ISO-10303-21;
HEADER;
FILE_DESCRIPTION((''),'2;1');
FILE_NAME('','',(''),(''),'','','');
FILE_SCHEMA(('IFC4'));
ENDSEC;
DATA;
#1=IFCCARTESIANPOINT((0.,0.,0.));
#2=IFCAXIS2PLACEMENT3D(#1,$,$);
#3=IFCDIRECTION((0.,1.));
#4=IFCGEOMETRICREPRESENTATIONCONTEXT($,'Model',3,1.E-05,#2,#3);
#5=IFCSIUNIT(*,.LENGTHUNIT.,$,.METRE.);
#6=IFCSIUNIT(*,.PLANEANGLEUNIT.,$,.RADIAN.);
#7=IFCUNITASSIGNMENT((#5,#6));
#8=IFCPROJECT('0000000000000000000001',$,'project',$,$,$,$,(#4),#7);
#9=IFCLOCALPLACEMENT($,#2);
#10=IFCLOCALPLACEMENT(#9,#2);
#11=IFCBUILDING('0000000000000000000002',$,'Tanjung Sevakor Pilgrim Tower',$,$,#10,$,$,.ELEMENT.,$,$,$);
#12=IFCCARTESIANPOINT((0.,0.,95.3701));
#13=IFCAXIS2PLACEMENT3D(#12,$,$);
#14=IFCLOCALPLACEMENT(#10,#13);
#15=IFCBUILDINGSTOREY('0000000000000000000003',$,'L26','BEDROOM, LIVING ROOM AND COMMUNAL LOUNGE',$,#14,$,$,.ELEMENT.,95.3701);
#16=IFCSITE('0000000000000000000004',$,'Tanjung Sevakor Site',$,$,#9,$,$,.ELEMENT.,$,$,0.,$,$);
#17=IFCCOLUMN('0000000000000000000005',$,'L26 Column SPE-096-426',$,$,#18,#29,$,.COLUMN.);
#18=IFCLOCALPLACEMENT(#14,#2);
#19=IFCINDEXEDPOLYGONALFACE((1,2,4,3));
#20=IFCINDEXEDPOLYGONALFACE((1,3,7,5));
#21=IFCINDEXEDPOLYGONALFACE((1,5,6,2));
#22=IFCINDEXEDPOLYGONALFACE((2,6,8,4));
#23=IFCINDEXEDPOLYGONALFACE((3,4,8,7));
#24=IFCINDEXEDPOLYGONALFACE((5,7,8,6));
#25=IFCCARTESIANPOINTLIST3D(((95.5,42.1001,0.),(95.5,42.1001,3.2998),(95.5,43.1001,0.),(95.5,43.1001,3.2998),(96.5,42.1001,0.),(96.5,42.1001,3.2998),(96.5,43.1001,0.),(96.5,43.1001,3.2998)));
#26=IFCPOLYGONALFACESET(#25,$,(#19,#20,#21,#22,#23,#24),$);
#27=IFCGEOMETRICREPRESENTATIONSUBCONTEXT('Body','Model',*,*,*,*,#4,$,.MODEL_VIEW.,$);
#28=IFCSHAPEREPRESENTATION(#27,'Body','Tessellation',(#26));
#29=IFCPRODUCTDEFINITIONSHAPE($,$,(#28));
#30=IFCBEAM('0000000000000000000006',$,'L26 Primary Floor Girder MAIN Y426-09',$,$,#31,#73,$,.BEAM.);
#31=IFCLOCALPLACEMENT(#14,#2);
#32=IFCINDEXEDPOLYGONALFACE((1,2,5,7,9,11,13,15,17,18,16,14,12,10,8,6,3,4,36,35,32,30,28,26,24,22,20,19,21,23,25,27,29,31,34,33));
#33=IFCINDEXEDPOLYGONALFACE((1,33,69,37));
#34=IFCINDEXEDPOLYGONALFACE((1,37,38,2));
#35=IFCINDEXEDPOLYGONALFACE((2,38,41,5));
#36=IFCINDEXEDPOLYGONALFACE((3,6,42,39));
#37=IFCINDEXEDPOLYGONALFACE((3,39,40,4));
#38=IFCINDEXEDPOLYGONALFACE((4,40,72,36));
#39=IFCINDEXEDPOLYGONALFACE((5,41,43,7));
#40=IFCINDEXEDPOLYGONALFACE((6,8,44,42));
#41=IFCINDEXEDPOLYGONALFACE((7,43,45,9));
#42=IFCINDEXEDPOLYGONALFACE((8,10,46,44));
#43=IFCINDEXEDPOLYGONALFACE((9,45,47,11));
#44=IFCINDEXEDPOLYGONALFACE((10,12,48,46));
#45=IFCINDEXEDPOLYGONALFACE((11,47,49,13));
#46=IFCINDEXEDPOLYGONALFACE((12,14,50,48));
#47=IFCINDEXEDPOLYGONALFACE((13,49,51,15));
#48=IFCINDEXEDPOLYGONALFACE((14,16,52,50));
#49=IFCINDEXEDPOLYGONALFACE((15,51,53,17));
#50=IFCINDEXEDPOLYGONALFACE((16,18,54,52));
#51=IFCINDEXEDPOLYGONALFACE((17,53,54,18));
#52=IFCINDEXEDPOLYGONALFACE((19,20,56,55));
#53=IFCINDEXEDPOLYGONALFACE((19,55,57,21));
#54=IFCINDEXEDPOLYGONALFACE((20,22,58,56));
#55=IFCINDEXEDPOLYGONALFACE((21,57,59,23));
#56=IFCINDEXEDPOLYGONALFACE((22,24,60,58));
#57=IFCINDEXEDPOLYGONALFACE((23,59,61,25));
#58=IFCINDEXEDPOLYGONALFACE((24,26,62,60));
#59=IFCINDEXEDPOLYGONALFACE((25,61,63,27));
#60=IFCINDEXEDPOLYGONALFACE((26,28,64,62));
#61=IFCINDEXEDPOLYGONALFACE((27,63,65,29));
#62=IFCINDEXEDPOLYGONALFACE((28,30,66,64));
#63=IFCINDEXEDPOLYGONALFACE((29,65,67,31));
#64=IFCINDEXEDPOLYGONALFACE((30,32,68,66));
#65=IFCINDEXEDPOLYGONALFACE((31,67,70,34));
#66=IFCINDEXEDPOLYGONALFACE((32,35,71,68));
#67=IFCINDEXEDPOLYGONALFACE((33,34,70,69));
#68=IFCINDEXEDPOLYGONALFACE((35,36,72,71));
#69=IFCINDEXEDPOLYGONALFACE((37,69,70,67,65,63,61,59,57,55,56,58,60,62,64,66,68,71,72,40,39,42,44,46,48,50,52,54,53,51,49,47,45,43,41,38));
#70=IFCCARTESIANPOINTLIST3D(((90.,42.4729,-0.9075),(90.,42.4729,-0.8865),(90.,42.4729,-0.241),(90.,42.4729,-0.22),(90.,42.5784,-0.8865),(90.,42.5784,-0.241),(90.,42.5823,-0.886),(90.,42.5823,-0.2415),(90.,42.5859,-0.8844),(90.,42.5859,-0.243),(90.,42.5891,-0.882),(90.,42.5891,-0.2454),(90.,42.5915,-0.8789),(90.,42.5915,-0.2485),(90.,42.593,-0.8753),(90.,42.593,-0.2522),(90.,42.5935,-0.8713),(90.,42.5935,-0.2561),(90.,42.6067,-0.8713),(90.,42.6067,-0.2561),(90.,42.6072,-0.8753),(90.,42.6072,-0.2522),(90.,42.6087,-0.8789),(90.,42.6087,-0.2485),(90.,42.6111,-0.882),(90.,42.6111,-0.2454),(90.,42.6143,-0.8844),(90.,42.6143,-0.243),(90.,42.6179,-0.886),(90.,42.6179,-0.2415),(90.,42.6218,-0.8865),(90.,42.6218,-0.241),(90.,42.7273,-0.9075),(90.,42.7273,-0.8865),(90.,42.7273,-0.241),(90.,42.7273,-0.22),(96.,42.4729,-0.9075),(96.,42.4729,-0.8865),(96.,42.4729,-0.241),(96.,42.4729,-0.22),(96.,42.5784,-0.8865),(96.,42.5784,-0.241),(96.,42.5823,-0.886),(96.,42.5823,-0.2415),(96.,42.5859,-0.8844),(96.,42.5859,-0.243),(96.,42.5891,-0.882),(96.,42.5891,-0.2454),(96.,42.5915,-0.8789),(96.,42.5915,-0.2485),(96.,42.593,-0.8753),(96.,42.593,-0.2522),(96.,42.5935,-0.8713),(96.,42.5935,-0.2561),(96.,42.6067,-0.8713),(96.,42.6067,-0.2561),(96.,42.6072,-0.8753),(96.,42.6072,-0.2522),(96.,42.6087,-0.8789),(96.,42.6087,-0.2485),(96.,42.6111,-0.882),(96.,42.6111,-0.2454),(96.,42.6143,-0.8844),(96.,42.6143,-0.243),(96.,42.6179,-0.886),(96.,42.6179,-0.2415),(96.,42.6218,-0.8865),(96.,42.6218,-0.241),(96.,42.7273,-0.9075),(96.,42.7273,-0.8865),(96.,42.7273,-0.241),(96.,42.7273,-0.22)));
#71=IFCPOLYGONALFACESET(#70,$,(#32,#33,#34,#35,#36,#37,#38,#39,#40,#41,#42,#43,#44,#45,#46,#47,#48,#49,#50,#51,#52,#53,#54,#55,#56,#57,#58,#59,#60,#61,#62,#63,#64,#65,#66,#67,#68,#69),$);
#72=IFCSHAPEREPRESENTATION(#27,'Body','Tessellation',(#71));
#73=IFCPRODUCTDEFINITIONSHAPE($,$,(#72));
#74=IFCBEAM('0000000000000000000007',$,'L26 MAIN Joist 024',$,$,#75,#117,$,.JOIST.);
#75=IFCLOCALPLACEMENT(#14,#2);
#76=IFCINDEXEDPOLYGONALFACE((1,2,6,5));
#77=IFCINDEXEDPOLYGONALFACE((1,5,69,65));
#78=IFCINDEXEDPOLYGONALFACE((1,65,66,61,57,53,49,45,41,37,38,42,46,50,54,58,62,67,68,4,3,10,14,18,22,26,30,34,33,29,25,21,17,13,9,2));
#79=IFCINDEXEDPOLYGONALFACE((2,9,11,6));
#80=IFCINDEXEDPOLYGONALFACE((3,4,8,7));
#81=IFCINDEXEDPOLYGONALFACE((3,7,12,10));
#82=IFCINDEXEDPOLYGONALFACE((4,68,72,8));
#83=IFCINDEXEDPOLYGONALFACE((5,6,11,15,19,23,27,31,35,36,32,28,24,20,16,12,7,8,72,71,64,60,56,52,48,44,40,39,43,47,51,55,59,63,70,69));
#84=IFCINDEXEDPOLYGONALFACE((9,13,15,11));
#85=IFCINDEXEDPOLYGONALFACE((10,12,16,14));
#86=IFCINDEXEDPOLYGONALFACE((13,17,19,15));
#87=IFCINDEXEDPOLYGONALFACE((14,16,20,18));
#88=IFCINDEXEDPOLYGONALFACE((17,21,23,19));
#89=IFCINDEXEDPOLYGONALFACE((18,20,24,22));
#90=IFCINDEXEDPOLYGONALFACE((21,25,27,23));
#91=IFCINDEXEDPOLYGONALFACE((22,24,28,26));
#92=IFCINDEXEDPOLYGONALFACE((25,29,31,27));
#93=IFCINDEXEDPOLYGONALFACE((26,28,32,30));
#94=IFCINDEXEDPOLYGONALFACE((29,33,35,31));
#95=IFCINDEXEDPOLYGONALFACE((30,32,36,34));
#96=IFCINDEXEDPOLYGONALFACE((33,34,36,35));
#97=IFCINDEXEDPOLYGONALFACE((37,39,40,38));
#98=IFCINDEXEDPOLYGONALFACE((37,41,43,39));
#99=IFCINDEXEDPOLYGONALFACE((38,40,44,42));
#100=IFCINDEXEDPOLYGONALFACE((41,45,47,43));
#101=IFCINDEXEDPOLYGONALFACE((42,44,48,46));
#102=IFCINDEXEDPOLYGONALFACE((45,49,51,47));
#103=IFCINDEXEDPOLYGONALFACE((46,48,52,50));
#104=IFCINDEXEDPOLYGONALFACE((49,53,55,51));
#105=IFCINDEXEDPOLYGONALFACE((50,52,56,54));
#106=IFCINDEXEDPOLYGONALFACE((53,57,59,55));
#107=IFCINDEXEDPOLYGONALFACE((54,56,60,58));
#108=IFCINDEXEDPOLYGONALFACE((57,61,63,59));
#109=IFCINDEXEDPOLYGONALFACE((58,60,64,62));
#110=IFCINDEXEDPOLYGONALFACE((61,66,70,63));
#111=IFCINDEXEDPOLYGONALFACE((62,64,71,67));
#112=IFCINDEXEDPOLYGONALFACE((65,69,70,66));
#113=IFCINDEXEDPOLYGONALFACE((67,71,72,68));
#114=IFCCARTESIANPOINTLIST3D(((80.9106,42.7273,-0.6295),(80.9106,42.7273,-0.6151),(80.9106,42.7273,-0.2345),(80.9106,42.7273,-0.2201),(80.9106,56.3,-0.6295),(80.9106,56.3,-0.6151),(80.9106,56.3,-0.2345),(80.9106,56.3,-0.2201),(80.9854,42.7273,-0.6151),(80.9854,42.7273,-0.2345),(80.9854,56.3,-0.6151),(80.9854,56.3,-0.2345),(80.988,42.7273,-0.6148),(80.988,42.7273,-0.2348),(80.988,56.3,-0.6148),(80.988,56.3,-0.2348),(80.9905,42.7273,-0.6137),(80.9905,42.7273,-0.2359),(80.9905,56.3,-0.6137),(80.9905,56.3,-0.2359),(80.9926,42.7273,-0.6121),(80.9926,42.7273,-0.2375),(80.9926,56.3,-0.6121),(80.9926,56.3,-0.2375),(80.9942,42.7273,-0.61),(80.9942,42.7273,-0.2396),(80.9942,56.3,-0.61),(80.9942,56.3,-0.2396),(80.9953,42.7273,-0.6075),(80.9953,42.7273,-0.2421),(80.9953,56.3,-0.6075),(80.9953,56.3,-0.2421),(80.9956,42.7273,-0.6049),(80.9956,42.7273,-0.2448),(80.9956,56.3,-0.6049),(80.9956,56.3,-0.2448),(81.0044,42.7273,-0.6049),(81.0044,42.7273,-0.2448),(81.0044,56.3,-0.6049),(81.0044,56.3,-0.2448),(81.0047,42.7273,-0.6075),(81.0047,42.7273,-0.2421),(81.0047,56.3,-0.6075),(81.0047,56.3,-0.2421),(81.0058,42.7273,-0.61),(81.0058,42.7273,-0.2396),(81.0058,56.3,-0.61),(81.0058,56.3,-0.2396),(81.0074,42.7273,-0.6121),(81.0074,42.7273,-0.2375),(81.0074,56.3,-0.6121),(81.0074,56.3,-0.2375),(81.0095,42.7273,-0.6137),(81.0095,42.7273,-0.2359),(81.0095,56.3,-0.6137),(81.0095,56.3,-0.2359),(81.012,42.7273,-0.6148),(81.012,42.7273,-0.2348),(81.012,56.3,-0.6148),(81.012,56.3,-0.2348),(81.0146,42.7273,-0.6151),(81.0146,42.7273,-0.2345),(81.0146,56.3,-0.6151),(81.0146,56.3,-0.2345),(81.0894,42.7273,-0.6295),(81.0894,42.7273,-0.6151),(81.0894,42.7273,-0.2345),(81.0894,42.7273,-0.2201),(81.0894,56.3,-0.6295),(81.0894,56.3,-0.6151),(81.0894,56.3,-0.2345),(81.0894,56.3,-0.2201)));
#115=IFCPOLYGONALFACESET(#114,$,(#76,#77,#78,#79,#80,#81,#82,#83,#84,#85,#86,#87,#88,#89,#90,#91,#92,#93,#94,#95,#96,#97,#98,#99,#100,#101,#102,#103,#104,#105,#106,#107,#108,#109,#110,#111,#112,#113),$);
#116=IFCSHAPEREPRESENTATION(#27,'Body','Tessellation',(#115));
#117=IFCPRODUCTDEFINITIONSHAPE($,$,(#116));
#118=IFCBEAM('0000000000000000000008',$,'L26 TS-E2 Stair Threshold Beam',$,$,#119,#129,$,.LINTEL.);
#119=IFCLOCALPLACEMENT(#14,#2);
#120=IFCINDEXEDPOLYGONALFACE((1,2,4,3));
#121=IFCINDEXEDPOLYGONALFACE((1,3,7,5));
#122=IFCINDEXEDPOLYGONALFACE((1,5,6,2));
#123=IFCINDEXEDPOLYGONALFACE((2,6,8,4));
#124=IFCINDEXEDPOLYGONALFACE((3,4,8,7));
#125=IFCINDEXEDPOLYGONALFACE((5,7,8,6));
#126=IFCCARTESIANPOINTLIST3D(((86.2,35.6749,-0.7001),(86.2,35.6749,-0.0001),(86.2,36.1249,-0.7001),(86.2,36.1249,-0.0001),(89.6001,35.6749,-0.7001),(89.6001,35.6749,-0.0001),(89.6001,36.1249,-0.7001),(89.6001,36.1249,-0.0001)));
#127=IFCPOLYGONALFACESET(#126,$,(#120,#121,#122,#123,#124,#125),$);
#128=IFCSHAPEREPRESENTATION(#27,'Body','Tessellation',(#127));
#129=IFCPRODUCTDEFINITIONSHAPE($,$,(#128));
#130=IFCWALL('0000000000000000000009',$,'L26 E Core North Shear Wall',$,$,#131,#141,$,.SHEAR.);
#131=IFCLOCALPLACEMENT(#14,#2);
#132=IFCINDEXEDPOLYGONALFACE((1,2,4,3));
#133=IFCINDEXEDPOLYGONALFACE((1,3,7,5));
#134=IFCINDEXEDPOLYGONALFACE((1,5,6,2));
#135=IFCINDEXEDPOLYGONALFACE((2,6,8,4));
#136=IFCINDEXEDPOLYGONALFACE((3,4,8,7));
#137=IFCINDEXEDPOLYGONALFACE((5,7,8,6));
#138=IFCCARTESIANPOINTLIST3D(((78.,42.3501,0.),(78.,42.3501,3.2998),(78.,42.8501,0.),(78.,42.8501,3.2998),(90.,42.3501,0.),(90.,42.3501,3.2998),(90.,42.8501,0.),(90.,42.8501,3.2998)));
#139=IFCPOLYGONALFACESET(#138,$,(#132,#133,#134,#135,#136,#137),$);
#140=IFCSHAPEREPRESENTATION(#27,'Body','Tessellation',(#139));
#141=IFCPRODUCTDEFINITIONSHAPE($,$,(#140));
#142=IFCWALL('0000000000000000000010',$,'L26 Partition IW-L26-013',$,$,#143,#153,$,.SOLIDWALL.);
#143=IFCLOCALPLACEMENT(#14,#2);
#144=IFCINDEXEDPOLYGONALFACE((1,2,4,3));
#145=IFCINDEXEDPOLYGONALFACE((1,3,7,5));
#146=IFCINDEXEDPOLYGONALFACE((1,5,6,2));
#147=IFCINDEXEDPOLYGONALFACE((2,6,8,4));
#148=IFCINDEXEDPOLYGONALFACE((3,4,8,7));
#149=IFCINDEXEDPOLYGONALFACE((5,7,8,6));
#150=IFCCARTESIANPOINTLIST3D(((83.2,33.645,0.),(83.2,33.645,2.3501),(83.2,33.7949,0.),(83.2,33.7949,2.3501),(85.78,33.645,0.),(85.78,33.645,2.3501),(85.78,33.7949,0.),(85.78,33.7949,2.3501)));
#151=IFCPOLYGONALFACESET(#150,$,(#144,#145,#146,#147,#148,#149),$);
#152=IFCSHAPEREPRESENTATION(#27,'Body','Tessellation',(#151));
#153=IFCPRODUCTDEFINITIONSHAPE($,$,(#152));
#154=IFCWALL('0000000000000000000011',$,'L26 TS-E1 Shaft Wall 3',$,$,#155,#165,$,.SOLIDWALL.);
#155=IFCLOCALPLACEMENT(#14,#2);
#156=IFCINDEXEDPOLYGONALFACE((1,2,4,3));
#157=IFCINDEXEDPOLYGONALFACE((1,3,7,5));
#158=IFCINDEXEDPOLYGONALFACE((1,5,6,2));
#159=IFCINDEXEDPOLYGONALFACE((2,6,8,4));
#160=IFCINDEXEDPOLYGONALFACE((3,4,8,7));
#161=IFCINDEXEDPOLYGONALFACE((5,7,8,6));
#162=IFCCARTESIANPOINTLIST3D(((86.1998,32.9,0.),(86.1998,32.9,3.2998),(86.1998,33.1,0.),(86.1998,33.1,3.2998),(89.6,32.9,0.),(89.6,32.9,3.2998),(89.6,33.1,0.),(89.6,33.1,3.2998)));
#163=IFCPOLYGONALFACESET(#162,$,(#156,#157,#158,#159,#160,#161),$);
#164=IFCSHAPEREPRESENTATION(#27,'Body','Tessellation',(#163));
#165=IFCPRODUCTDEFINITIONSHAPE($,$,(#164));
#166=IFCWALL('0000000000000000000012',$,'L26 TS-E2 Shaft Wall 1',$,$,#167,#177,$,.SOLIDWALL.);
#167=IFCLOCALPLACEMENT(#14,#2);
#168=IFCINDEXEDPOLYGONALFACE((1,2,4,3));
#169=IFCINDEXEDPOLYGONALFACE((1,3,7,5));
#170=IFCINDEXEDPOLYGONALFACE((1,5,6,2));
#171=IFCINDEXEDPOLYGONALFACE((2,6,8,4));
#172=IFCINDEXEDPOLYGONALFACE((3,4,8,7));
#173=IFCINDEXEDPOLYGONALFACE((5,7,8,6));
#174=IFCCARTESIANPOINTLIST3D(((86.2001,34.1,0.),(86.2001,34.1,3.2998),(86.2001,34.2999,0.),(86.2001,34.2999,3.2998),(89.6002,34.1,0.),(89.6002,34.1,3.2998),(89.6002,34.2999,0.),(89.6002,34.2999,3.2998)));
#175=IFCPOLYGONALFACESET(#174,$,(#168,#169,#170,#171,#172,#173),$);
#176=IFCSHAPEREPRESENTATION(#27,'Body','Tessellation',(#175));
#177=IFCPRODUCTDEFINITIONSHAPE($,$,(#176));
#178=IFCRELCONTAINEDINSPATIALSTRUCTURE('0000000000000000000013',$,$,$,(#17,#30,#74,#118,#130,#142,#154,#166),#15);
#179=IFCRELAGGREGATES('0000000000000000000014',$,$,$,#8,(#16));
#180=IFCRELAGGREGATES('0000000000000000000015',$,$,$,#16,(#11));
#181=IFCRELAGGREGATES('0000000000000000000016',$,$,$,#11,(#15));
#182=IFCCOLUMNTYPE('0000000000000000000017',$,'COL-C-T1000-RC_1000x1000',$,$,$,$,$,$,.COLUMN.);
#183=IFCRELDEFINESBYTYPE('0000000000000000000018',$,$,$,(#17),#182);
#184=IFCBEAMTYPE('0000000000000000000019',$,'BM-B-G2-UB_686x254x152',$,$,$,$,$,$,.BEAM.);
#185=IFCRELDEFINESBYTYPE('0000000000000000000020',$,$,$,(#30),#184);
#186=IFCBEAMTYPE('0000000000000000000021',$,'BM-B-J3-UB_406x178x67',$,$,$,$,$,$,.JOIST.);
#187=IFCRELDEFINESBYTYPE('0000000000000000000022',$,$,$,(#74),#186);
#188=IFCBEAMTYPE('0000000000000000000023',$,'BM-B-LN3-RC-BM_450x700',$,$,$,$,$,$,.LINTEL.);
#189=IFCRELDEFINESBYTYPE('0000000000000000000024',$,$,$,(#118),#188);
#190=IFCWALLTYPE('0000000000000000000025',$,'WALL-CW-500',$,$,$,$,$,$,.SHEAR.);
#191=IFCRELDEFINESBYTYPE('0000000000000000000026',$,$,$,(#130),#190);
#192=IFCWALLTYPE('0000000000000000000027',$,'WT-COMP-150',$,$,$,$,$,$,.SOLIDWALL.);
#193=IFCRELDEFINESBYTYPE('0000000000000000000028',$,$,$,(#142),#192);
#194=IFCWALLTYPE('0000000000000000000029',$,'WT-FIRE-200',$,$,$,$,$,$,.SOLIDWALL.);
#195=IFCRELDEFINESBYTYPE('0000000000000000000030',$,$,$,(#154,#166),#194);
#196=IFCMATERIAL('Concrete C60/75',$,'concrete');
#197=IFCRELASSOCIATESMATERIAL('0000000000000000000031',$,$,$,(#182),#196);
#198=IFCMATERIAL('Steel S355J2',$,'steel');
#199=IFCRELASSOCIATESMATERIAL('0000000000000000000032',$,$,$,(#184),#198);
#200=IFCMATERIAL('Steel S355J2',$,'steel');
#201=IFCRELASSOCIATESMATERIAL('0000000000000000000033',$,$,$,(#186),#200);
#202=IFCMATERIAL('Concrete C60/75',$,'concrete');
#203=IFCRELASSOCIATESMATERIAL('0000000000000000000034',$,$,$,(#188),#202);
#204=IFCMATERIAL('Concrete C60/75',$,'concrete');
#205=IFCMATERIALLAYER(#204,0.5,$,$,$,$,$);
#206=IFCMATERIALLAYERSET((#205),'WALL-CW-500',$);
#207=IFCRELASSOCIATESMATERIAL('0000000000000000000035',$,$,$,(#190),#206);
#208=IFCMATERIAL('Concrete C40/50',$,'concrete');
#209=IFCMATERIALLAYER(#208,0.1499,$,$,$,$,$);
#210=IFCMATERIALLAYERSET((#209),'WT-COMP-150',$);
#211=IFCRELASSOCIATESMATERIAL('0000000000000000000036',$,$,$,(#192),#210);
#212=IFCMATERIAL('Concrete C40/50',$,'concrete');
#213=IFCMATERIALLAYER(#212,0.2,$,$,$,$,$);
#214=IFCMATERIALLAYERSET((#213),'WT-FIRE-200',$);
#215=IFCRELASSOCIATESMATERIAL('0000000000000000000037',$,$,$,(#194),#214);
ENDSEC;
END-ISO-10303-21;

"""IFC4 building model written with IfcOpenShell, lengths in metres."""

from ifc_helpers import new_model, si_unit, direction, frame, frame_2d, origin, origin_2d, place, context, subcontext, project, spatial, rectangle, i_section, extrude, material, layer, layer_set, material_profile, profile_set, type_object, element, save


model = new_model("IFC4")

# Units and contexts
model_context = context("Model", 3, precision=1e-05, world=origin(), true_north=direction((0.0, 1.0)))
body_context = subcontext(model_context, "Body", "Model", "MODEL_VIEW")
ifc_project = project(units=[si_unit("LENGTHUNIT", "METRE"), si_unit("PLANEANGLEUNIT", "RADIAN")], contexts=[model_context])

# Site, building, storey
site_placement = place(None, origin())
site = spatial("IfcSite", under=ifc_project, at=site_placement, Name="Tanjung Sevakor Site", CompositionType="ELEMENT", RefElevation=0.0)
building_placement = place(site_placement, origin())
building = spatial("IfcBuilding", under=site, at=building_placement, Name="Tanjung Sevakor Pilgrim Tower", CompositionType="ELEMENT")
storey_placement = place(building_placement, frame((0.0, 0.0, 95.3701)))
storey = spatial("IfcBuildingStorey", under=building, at=storey_placement, Name="L26", Description="BEDROOM, LIVING ROOM AND COMMUNAL LOUNGE", CompositionType="ELEMENT", Elevation=95.3701)

# Column
ifc_material_1 = material(Name="Concrete C60/75", Category="concrete")
ifc_material_profile_1 = material_profile(ifc_material_1, rectangle(XDim=1.0, YDim=1.0, at=origin_2d()))
ifc_profile_set_1 = profile_set([ifc_material_profile_1], Name="Concrete C60/75")
column_type = type_object("IfcColumnType", Name="COL-C-T1000-RC_1000x1000", PredefinedType="COLUMN", material=ifc_profile_set_1)
column_placement = place(storey_placement, frame((96.0, 42.6001, 0.0), z_axis=(0.0, 0.0, 1.0), x_axis=(1.0, 0.0, 0.0)))
element("IfcColumn", 1, at=column_placement, inside=storey, type_object=column_type, Name="L26 Column SPE-096-426", PredefinedType="COLUMN", context=body_context, shape_type="SweptSolid", body=[
    extrude(rectangle(XDim=1.0, YDim=1.0, at=origin_2d()), origin(), (0.0, 0.0, 1.0), 3.2998),
])

# Beams
ifc_material_2 = material(Name="Steel S355J2", Category="steel")
ifc_material_profile_2 = material_profile(ifc_material_2, i_section(OverallWidth=0.2544, OverallDepth=0.6875, WebThickness=0.0132, FlangeThickness=0.021, FilletRadius=0.0151, at=origin_2d()))
ifc_profile_set_2 = profile_set([ifc_material_profile_2], Name="Steel S355J2")
beam_type_1 = type_object("IfcBeamType", Name="BM-B-G2-UB_686x254x152", PredefinedType="BEAM", material=ifc_profile_set_2)
beam_1_placement = place(storey_placement, frame((90.0, 42.6001, -0.5637), z_axis=(1.0, 0.0, 0.0), x_axis=(0.0, 1.0, 0.0)))
element("IfcBeam", 2, at=beam_1_placement, inside=storey, type_object=beam_type_1, Name="L26 Primary Floor Girder MAIN Y426-09", PredefinedType="BEAM", context=body_context, shape_type="SweptSolid", body=[
    extrude(i_section(OverallWidth=0.2544, OverallDepth=0.6875, WebThickness=0.0132, FlangeThickness=0.021, FilletRadius=0.0151, at=origin_2d()), origin(), (0.0, 0.0, 1.0), 6.0),
])
ifc_material_3 = material(Name="Steel S355J2", Category="steel")
ifc_material_profile_3 = material_profile(ifc_material_3, i_section(OverallWidth=0.1787, OverallDepth=0.4094, WebThickness=0.0088, FlangeThickness=0.0144, FilletRadius=0.0103, at=origin_2d()))
ifc_profile_set_3 = profile_set([ifc_material_profile_3], Name="Steel S355J2")
beam_type_2 = type_object("IfcBeamType", Name="BM-B-J3-UB_406x178x67", PredefinedType="JOIST", material=ifc_profile_set_3)
beam_2_placement = place(storey_placement, frame((81.0, 42.7273, -0.4248), z_axis=(0.0, 1.0, 0.0), x_axis=(-1.0, 0.0, 0.0)))
element("IfcBeam", 3, at=beam_2_placement, inside=storey, type_object=beam_type_2, Name="L26 MAIN Joist 024", PredefinedType="JOIST", context=body_context, shape_type="SweptSolid", body=[
    extrude(i_section(OverallWidth=0.1787, OverallDepth=0.4094, WebThickness=0.0088, FlangeThickness=0.0144, FilletRadius=0.0103, at=origin_2d()), origin(), (0.0, 0.0, 1.0), 13.5728),
])
ifc_material_4 = material(Name="Concrete C60/75", Category="concrete")
ifc_material_profile_4 = material_profile(ifc_material_4, rectangle(XDim=0.45, YDim=0.7, at=origin_2d()))
ifc_profile_set_4 = profile_set([ifc_material_profile_4], Name="Concrete C60/75")
beam_type_3 = type_object("IfcBeamType", Name="BM-B-LN3-RC-BM_450x700", PredefinedType="LINTEL", material=ifc_profile_set_4)
beam_3_placement = place(storey_placement, frame((86.2, 35.8999, -0.3501), z_axis=(1.0, 0.0, 0.0), x_axis=(0.0, 1.0, 0.0)))
element("IfcBeam", 4, at=beam_3_placement, inside=storey, type_object=beam_type_3, Name="L26 TS-E2 Stair Threshold Beam", PredefinedType="LINTEL", context=body_context, shape_type="SweptSolid", body=[
    extrude(rectangle(XDim=0.45, YDim=0.7, at=origin_2d()), origin(), (0.0, 0.0, 1.0), 3.4001),
])

# Walls
ifc_material_5 = material(Name="Concrete C60/75", Category="concrete")
ifc_layer_1 = layer(ifc_material_5, 0.5)
ifc_layer_set_1 = layer_set([ifc_layer_1], Name="WALL-CW-500")
wall_type_1 = type_object("IfcWallType", Name="WALL-CW-500", PredefinedType="SHEAR", material=ifc_layer_set_1)
wall_1_placement = place(storey_placement, frame((90.0, 42.6001, 0.0), z_axis=(0.0, 0.0, 1.0), x_axis=(-1.0, 0.0, 0.0)))
element("IfcWall", 5, at=wall_1_placement, inside=storey, type_object=wall_type_1, Name="L26 E Core North Shear Wall", PredefinedType="SHEAR", context=body_context, shape_type="SweptSolid", body=[
    extrude(rectangle(XDim=12.0, YDim=0.5, at=frame_2d((6.0, 0.0))), origin(), (0.0, 0.0, 1.0), 3.2998),
])
ifc_material_6 = material(Name="Concrete C40/50", Category="concrete")
ifc_layer_2 = layer(ifc_material_6, 0.1499)
ifc_layer_set_2 = layer_set([ifc_layer_2], Name="WT-COMP-150")
wall_type_2 = type_object("IfcWallType", Name="WT-COMP-150", PredefinedType="SOLIDWALL", material=ifc_layer_set_2)
wall_2_placement = place(storey_placement, frame((83.2, 33.72, 0.0), z_axis=(0.0, 0.0, 1.0), x_axis=(1.0, 0.0, 0.0)))
element("IfcWall", 6, at=wall_2_placement, inside=storey, type_object=wall_type_2, Name="L26 Partition IW-L26-013", PredefinedType="SOLIDWALL", context=body_context, shape_type="SweptSolid", body=[
    extrude(rectangle(XDim=2.5801, YDim=0.1499, at=frame_2d((1.29, 0.0))), origin(), (0.0, 0.0, 1.0), 2.3501),
])
ifc_material_7 = material(Name="Concrete C40/50", Category="concrete")
ifc_layer_3 = layer(ifc_material_7, 0.2)
ifc_layer_set_3 = layer_set([ifc_layer_3], Name="WT-FIRE-200")
wall_type_3 = type_object("IfcWallType", Name="WT-FIRE-200", PredefinedType="SOLIDWALL", material=ifc_layer_set_3)
for number, where, z_axis, x_axis, name in (
    (7, (89.6001, 33.0, 0.0), (0.0, 0.0, 1.0), (-1.0, 0.0, 0.0), "L26 TS-E1 Shaft Wall 3"),
    (8, (86.2, 34.2, 0.0), (0.0, 0.0, 1.0), (1.0, 0.0, 0.0), "L26 TS-E2 Shaft Wall 1"),
):
    element("IfcWall", number, at=place(storey_placement, frame(where, z_axis=z_axis, x_axis=x_axis)), inside=storey, type_object=wall_type_3, Name=name, PredefinedType="SOLIDWALL", context=body_context, shape_type="SweptSolid", body=[
        extrude(rectangle(XDim=3.4001, YDim=0.2, at=frame_2d((1.7002, 0.0))), origin(), (0.0, 0.0, 1.0), 3.2998),
    ])

save(model, "model.ifc")
